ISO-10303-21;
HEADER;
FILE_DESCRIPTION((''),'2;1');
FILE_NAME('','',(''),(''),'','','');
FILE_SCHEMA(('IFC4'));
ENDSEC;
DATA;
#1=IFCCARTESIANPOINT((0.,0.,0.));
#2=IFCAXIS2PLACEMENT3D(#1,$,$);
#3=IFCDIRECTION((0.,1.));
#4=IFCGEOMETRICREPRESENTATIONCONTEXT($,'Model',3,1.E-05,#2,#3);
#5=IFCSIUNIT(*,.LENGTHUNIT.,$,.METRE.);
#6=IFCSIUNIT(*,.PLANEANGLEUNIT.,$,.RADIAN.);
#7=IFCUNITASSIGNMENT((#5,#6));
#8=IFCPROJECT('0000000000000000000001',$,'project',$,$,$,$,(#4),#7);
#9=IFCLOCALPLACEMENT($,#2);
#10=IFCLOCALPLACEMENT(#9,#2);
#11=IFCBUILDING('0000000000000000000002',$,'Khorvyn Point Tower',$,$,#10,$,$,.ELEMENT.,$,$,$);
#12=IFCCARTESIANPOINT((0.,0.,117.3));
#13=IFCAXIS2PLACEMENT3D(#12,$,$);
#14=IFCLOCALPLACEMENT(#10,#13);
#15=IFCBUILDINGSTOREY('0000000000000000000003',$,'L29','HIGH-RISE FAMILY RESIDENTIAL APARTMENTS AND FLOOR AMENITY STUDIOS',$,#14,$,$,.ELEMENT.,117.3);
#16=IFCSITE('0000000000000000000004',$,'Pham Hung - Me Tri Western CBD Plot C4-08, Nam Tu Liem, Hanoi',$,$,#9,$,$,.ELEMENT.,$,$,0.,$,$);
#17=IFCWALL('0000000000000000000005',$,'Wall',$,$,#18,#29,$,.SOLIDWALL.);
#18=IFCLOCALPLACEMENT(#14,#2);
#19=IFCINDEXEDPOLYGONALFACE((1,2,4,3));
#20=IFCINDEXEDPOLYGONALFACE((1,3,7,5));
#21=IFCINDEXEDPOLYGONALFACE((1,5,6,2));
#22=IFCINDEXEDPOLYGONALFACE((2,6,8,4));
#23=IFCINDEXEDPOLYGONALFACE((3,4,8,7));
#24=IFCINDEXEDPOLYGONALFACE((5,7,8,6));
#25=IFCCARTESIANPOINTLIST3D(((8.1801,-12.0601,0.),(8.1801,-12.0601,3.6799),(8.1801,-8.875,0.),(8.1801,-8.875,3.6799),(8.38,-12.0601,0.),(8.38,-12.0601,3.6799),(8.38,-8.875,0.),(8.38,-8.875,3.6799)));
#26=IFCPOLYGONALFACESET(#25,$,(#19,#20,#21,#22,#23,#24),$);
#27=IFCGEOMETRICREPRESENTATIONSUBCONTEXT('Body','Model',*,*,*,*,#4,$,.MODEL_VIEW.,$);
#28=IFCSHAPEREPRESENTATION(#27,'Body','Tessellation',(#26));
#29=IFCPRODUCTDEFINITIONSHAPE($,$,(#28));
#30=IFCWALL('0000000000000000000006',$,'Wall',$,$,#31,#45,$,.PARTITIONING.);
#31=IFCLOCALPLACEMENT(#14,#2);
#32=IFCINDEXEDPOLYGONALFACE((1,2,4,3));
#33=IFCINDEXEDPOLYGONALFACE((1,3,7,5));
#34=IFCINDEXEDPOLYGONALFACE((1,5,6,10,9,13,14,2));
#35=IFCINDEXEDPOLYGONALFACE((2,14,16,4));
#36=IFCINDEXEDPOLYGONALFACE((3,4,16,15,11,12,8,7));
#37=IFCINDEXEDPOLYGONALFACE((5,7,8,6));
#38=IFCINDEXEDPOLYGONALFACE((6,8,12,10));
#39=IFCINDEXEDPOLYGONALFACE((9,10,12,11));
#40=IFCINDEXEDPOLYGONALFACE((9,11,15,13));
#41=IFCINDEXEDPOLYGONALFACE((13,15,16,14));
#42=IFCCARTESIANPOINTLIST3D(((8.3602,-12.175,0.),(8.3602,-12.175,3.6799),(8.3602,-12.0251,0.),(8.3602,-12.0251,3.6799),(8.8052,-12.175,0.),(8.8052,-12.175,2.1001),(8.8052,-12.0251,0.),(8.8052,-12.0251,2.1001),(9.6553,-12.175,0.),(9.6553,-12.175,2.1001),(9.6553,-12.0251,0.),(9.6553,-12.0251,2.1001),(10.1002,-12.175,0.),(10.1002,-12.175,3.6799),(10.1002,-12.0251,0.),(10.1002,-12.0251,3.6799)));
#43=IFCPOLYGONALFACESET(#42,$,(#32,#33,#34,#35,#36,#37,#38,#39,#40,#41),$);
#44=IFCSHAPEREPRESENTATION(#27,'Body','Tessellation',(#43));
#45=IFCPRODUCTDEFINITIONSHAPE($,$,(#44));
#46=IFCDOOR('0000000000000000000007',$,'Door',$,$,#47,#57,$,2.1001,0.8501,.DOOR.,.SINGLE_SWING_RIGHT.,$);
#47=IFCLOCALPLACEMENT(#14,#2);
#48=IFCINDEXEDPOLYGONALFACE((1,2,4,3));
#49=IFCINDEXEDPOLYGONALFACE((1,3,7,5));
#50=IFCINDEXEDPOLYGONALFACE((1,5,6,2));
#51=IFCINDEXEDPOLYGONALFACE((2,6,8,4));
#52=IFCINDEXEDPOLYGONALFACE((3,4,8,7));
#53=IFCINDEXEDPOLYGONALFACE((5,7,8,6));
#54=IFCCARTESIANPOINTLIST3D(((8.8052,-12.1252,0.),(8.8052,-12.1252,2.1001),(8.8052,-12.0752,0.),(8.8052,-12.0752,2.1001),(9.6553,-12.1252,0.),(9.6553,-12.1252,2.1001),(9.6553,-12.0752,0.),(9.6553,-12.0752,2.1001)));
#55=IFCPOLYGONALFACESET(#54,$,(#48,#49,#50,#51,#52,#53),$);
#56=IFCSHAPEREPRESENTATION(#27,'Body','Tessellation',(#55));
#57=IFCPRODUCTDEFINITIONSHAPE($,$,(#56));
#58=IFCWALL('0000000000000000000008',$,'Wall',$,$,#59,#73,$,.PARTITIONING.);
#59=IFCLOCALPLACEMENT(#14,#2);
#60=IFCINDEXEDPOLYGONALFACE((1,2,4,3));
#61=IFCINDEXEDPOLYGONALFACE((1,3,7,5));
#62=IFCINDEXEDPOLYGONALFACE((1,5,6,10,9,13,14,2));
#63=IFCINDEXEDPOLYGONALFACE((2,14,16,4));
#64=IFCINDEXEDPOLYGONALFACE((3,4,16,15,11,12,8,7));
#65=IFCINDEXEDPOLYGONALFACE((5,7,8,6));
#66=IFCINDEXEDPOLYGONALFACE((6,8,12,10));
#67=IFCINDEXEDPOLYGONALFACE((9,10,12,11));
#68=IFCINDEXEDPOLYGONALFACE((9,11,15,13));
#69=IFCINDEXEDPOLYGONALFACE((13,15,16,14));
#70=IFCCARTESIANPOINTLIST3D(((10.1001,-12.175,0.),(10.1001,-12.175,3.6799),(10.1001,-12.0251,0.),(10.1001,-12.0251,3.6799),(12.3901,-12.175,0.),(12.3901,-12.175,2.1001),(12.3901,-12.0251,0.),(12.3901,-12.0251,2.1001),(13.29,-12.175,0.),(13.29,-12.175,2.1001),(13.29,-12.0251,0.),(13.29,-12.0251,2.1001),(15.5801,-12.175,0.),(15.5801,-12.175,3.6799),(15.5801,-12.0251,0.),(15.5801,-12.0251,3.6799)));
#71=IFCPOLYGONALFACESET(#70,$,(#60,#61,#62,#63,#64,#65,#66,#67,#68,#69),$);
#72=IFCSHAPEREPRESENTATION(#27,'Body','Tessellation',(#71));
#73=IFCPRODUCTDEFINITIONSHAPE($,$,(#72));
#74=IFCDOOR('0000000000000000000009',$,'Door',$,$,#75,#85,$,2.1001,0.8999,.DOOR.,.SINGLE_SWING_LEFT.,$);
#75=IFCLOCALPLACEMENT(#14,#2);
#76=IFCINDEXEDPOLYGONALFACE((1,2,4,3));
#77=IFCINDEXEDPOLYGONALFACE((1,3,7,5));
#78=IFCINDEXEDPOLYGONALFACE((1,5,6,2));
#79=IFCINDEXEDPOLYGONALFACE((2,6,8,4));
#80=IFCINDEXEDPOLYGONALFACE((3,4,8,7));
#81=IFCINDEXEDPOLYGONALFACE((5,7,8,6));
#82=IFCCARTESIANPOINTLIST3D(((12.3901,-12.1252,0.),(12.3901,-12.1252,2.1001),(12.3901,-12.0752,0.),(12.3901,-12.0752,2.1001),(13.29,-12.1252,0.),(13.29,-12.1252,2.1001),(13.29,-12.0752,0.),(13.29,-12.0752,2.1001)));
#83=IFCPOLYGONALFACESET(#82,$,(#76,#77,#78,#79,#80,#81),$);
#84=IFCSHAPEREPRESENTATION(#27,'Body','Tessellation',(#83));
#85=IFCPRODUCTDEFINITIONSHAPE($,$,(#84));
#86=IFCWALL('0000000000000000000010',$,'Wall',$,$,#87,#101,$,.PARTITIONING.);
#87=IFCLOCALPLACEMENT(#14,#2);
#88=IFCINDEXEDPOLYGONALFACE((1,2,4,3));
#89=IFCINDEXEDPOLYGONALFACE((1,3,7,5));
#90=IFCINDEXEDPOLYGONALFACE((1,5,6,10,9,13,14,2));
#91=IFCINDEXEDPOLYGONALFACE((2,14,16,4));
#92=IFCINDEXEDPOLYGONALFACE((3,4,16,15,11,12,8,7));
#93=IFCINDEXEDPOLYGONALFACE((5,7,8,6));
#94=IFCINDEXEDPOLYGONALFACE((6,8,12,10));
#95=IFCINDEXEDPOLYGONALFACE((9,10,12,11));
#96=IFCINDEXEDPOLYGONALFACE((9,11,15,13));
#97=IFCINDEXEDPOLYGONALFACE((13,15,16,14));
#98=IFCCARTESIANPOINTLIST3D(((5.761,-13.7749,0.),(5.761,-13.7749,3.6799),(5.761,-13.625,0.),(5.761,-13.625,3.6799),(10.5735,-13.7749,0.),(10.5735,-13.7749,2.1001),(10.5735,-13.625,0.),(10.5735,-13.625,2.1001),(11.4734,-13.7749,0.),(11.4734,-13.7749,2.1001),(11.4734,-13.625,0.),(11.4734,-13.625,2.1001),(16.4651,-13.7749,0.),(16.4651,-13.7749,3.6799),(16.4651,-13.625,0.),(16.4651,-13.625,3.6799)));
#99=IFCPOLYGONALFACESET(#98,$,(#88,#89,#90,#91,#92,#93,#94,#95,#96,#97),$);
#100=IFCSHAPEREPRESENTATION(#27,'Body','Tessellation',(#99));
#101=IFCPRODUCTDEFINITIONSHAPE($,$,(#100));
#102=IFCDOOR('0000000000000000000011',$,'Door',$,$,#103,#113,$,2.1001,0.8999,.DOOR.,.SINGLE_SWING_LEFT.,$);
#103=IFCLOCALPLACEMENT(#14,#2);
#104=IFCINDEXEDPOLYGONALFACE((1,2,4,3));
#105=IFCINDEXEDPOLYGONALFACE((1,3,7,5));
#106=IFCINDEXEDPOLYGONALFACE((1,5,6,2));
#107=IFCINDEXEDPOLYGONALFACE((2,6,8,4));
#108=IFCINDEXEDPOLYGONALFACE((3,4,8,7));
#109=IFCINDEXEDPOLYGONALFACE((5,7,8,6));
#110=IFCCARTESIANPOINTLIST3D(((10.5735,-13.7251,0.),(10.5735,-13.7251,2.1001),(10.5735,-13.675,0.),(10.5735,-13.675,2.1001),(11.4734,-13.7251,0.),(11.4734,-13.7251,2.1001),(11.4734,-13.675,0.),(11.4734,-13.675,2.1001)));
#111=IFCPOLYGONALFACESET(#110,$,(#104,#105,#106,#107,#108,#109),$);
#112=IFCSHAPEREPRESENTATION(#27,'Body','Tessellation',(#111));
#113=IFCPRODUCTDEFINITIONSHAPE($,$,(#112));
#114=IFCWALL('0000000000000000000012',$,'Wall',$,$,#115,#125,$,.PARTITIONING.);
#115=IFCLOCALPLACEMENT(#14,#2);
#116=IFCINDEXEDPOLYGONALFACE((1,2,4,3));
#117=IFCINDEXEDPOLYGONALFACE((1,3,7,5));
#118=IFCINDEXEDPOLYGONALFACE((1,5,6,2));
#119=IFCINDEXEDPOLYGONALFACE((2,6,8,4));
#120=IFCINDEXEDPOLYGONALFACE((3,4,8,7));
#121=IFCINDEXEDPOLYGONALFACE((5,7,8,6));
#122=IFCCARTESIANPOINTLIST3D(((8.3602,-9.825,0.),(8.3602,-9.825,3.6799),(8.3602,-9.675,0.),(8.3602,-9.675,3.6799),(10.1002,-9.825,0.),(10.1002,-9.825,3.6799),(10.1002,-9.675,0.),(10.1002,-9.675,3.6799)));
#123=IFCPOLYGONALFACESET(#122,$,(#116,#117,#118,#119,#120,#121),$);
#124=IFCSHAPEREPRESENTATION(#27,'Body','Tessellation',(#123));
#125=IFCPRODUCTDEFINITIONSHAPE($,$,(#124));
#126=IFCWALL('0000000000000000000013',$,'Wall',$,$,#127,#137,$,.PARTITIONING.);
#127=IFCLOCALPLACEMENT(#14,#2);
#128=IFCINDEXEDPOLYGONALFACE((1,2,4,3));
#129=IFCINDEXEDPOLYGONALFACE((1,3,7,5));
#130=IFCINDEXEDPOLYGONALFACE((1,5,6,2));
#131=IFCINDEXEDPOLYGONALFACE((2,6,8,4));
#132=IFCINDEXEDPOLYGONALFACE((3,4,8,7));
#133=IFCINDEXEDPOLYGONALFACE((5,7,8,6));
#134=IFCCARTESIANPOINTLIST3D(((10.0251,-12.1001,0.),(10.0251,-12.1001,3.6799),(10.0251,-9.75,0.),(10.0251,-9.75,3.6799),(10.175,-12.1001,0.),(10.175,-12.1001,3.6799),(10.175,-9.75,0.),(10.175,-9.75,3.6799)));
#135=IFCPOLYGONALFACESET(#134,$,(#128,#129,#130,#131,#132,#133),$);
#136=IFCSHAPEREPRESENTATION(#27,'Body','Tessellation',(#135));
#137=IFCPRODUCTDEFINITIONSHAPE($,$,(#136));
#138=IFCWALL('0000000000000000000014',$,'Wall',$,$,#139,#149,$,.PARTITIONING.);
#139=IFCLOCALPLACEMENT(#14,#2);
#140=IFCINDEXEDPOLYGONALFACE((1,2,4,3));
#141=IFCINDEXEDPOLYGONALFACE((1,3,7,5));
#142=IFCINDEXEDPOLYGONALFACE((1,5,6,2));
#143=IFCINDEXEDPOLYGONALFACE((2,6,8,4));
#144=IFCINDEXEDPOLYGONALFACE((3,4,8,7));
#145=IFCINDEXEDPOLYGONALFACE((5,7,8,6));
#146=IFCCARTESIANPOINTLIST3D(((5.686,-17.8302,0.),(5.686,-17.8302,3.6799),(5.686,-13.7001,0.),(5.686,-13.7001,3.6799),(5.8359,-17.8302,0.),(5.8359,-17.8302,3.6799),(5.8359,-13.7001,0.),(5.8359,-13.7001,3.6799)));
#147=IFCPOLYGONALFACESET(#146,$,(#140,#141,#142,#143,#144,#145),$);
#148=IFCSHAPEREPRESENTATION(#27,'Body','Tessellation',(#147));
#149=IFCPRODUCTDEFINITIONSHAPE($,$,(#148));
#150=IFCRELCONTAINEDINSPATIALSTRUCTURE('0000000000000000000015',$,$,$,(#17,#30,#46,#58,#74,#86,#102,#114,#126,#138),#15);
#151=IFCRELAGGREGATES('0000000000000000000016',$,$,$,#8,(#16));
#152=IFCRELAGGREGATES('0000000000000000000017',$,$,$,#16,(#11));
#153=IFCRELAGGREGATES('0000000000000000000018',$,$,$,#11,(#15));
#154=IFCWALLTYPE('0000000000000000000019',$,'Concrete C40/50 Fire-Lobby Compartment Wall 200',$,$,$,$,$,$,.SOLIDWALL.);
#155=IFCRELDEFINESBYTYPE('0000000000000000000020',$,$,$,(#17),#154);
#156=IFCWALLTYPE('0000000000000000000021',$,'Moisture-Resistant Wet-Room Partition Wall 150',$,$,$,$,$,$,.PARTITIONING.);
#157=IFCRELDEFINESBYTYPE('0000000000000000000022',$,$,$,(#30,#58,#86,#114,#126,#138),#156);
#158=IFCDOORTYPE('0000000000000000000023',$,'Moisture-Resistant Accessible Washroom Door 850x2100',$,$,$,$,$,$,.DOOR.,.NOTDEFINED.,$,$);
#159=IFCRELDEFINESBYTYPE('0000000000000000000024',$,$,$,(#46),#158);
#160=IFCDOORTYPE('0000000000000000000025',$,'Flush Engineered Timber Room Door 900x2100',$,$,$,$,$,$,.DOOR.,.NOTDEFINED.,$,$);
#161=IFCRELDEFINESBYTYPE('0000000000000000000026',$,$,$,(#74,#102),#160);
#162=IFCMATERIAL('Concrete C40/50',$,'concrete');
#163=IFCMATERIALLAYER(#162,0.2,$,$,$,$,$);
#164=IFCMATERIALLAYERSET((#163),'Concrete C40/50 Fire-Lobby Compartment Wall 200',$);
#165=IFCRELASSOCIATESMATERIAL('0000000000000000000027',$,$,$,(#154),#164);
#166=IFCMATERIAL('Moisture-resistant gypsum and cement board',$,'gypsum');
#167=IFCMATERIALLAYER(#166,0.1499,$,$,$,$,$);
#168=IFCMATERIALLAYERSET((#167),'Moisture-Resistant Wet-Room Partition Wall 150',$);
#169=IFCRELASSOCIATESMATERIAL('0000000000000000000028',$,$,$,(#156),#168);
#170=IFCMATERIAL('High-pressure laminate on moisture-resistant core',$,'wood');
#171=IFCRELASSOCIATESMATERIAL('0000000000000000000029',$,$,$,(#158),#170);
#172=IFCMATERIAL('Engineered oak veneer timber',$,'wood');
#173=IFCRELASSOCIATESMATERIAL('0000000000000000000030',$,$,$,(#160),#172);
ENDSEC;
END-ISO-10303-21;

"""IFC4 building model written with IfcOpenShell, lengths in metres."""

from ifc_helpers import new_model, si_unit, direction, frame, frame_2d, origin, place, context, subcontext, project, spatial, rectangle, extrude, material, layer, layer_set, type_object, element, fill, save


model = new_model("IFC4")

# Units and contexts
model_context = context("Model", 3, precision=1e-05, world=origin(), true_north=direction((0.0, 1.0)))
body_context = subcontext(model_context, "Body", "Model", "MODEL_VIEW")
ifc_project = project(units=[si_unit("LENGTHUNIT", "METRE"), si_unit("PLANEANGLEUNIT", "RADIAN")], contexts=[model_context])

# Site, building, storey
site_placement = place(None, origin())
site = spatial("IfcSite", under=ifc_project, at=site_placement, Name="Pham Hung - Me Tri Western CBD Plot C4-08, Nam Tu Liem, Hanoi", CompositionType="ELEMENT", RefElevation=0.0)
building_placement = place(site_placement, origin())
building = spatial("IfcBuilding", under=site, at=building_placement, Name="Khorvyn Point Tower", CompositionType="ELEMENT")
storey_placement = place(building_placement, frame((0.0, 0.0, 117.3)))
storey = spatial("IfcBuildingStorey", under=building, at=storey_placement, Name="L29", Description="HIGH-RISE FAMILY RESIDENTIAL APARTMENTS AND FLOOR AMENITY STUDIOS", CompositionType="ELEMENT", Elevation=117.3)

# Shared definitions
ifc_material_1 = material(Name="Concrete C40/50", Category="concrete")
ifc_layer_1 = layer(ifc_material_1, 0.2)
ifc_layer_set_1 = layer_set([ifc_layer_1], Name="Concrete C40/50 Fire-Lobby Compartment Wall 200")
wall_type_1 = type_object("IfcWallType", Name="Concrete C40/50 Fire-Lobby Compartment Wall 200", PredefinedType="SOLIDWALL", material=ifc_layer_set_1)

# Wall
wall_1_placement = place(storey_placement, frame((8.28, -12.0601, 0.0), z_axis=(0.0, 0.0, 1.0), x_axis=(0.0, 1.0, 0.0)))
element("IfcWall", 1, at=wall_1_placement, inside=storey, type_object=wall_type_1, Name="Wall", PredefinedType="SOLIDWALL", context=body_context, shape_type="SweptSolid", body=[
    extrude(rectangle(XDim=3.1851, YDim=0.2, at=frame_2d((1.5925, 0.0))), origin(), (0.0, 0.0, 1.0), 3.6799),
])

# Walls, openings, doors
ifc_material_2 = material(Name="Moisture-resistant gypsum and cement board", Category="gypsum")
ifc_layer_2 = layer(ifc_material_2, 0.1499)
ifc_layer_set_2 = layer_set([ifc_layer_2], Name="Moisture-Resistant Wet-Room Partition Wall 150")
wall_type_2 = type_object("IfcWallType", Name="Moisture-Resistant Wet-Room Partition Wall 150", PredefinedType="PARTITIONING", material=ifc_layer_set_2)
wall_2_placement = place(storey_placement, frame((8.3601, -12.1001, 0.0), z_axis=(0.0, 0.0, 1.0), x_axis=(1.0, 0.0, 0.0)))
wall_2 = element("IfcWall", 2, at=wall_2_placement, inside=storey, type_object=wall_type_2, Name="Wall", PredefinedType="PARTITIONING", context=body_context, shape_type="SweptSolid", body=[
    extrude(rectangle(XDim=1.74, YDim=0.1499, at=frame_2d((0.8701, 0.0))), origin(), (0.0, 0.0, 1.0), 3.6799),
])
opening_1_placement = place(wall_2_placement, frame((0.4451, 0.0, 0.0)))
opening_1 = element("IfcOpeningElement", 3, at=opening_1_placement, cuts=wall_2, PredefinedType="OPENING", context=body_context, shape_type="SweptSolid", body=[
    extrude(rectangle(XDim=0.8501, YDim=2.1001, at=frame_2d((0.425, 1.05))), frame((0.0, 0.085, 0.0), z_axis=(0.0, -1.0, 0.0), x_axis=(1.0, 0.0, 0.0)), (0.0, 0.0, 1.0), 0.1699),
])
ifc_material_3 = material(Name="High-pressure laminate on moisture-resistant core", Category="wood")
door_type_1 = type_object("IfcDoorType", Name="Moisture-Resistant Accessible Washroom Door 850x2100", OperationType="NOTDEFINED", PredefinedType="DOOR", material=ifc_material_3)
door_1_placement = place(opening_1_placement, origin())
door_1 = element("IfcDoor", 4, at=door_1_placement, inside=storey, type_object=door_type_1, Name="Door", OperationType="SINGLE_SWING_RIGHT", OverallHeight=2.1001, OverallWidth=0.8501, PredefinedType="DOOR", context=body_context, shape_type="SweptSolid", body=[
    extrude(rectangle(XDim=0.8501, YDim=2.1001, at=frame_2d((0.425, 1.05))), frame((0.0, 0.0249, 0.0), z_axis=(0.0, -1.0, 0.0), x_axis=(1.0, 0.0, 0.0)), (0.0, 0.0, 1.0), 0.05),
])
fill(opening_1, door_1)
wall_3_placement = place(storey_placement, frame((10.1001, -12.1001, 0.0), z_axis=(0.0, 0.0, 1.0), x_axis=(1.0, 0.0, 0.0)))
wall_3 = element("IfcWall", 5, at=wall_3_placement, inside=storey, type_object=wall_type_2, Name="Wall", PredefinedType="PARTITIONING", context=body_context, shape_type="SweptSolid", body=[
    extrude(rectangle(XDim=5.48, YDim=0.1499, at=frame_2d((2.74, 0.0))), origin(), (0.0, 0.0, 1.0), 3.6799),
])
opening_2_placement = place(wall_3_placement, frame((2.29, 0.0, 0.0)))
opening_2 = element("IfcOpeningElement", 6, at=opening_2_placement, cuts=wall_3, PredefinedType="OPENING", context=body_context, shape_type="SweptSolid", body=[
    extrude(rectangle(XDim=0.8999, YDim=2.1001, at=frame_2d((0.45, 1.05))), frame((0.0, 0.085, 0.0), z_axis=(0.0, -1.0, 0.0), x_axis=(1.0, 0.0, 0.0)), (0.0, 0.0, 1.0), 0.1699),
])
ifc_material_4 = material(Name="Engineered oak veneer timber", Category="wood")
door_type_2 = type_object("IfcDoorType", Name="Flush Engineered Timber Room Door 900x2100", OperationType="NOTDEFINED", PredefinedType="DOOR", material=ifc_material_4)
door_2_placement = place(opening_2_placement, origin())
door_2 = element("IfcDoor", 7, at=door_2_placement, inside=storey, type_object=door_type_2, Name="Door", OperationType="SINGLE_SWING_LEFT", OverallHeight=2.1001, OverallWidth=0.8999, PredefinedType="DOOR", context=body_context, shape_type="SweptSolid", body=[
    extrude(rectangle(XDim=0.8999, YDim=2.1001, at=frame_2d((0.45, 1.05))), frame((0.0, 0.0249, 0.0), z_axis=(0.0, -1.0, 0.0), x_axis=(1.0, 0.0, 0.0)), (0.0, 0.0, 1.0), 0.05),
])
fill(opening_2, door_2)
wall_4_placement = place(storey_placement, frame((5.761, -13.7, 0.0), z_axis=(0.0, 0.0, 1.0), x_axis=(1.0, 0.0, 0.0)))
wall_4 = element("IfcWall", 8, at=wall_4_placement, inside=storey, type_object=wall_type_2, Name="Wall", PredefinedType="PARTITIONING", context=body_context, shape_type="SweptSolid", body=[
    extrude(rectangle(XDim=10.7041, YDim=0.1499, at=frame_2d((5.3521, 0.0))), origin(), (0.0, 0.0, 1.0), 3.6799),
])
opening_3_placement = place(wall_4_placement, frame((4.8125, 0.0, 0.0)))
opening_3 = element("IfcOpeningElement", 9, at=opening_3_placement, cuts=wall_4, PredefinedType="OPENING", context=body_context, shape_type="SweptSolid", body=[
    extrude(rectangle(XDim=0.8999, YDim=2.1001, at=frame_2d((0.45, 1.05))), frame((0.0, 0.085, 0.0), z_axis=(0.0, -1.0, 0.0), x_axis=(1.0, 0.0, 0.0)), (0.0, 0.0, 1.0), 0.1699),
])
door_3_placement = place(opening_3_placement, origin())
door_3 = element("IfcDoor", 10, at=door_3_placement, inside=storey, type_object=door_type_2, Name="Door", OperationType="SINGLE_SWING_LEFT", OverallHeight=2.1001, OverallWidth=0.8999, PredefinedType="DOOR", context=body_context, shape_type="SweptSolid", body=[
    extrude(rectangle(XDim=0.8999, YDim=2.1001, at=frame_2d((0.45, 1.05))), frame((0.0, 0.0249, 0.0), z_axis=(0.0, -1.0, 0.0), x_axis=(1.0, 0.0, 0.0)), (0.0, 0.0, 1.0), 0.05),
])
fill(opening_3, door_3)

# Walls
wall_5_placement = place(storey_placement, frame((8.3601, -9.75, 0.0), z_axis=(0.0, 0.0, 1.0), x_axis=(1.0, 0.0, 0.0)))
element("IfcWall", 11, at=wall_5_placement, inside=storey, type_object=wall_type_2, Name="Wall", PredefinedType="PARTITIONING", context=body_context, shape_type="SweptSolid", body=[
    extrude(rectangle(XDim=1.74, YDim=0.1499, at=frame_2d((0.8701, 0.0))), origin(), (0.0, 0.0, 1.0), 3.6799),
])
wall_6_placement = place(storey_placement, frame((10.1001, -12.1001, 0.0), z_axis=(0.0, 0.0, 1.0), x_axis=(0.0, 1.0, 0.0)))
element("IfcWall", 12, at=wall_6_placement, inside=storey, type_object=wall_type_2, Name="Wall", PredefinedType="PARTITIONING", context=body_context, shape_type="SweptSolid", body=[
    extrude(rectangle(XDim=2.3501, YDim=0.1499, at=frame_2d((1.175, 0.0))), origin(), (0.0, 0.0, 1.0), 3.6799),
])
wall_7_placement = place(storey_placement, frame((5.761, -17.8301, 0.0), z_axis=(0.0, 0.0, 1.0), x_axis=(0.0, 1.0, 0.0)))
element("IfcWall", 13, at=wall_7_placement, inside=storey, type_object=wall_type_2, Name="Wall", PredefinedType="PARTITIONING", context=body_context, shape_type="SweptSolid", body=[
    extrude(rectangle(XDim=4.1301, YDim=0.1499, at=frame_2d((2.0649, 0.0))), origin(), (0.0, 0.0, 1.0), 3.6799),
])

save(model, "model.ifc")
